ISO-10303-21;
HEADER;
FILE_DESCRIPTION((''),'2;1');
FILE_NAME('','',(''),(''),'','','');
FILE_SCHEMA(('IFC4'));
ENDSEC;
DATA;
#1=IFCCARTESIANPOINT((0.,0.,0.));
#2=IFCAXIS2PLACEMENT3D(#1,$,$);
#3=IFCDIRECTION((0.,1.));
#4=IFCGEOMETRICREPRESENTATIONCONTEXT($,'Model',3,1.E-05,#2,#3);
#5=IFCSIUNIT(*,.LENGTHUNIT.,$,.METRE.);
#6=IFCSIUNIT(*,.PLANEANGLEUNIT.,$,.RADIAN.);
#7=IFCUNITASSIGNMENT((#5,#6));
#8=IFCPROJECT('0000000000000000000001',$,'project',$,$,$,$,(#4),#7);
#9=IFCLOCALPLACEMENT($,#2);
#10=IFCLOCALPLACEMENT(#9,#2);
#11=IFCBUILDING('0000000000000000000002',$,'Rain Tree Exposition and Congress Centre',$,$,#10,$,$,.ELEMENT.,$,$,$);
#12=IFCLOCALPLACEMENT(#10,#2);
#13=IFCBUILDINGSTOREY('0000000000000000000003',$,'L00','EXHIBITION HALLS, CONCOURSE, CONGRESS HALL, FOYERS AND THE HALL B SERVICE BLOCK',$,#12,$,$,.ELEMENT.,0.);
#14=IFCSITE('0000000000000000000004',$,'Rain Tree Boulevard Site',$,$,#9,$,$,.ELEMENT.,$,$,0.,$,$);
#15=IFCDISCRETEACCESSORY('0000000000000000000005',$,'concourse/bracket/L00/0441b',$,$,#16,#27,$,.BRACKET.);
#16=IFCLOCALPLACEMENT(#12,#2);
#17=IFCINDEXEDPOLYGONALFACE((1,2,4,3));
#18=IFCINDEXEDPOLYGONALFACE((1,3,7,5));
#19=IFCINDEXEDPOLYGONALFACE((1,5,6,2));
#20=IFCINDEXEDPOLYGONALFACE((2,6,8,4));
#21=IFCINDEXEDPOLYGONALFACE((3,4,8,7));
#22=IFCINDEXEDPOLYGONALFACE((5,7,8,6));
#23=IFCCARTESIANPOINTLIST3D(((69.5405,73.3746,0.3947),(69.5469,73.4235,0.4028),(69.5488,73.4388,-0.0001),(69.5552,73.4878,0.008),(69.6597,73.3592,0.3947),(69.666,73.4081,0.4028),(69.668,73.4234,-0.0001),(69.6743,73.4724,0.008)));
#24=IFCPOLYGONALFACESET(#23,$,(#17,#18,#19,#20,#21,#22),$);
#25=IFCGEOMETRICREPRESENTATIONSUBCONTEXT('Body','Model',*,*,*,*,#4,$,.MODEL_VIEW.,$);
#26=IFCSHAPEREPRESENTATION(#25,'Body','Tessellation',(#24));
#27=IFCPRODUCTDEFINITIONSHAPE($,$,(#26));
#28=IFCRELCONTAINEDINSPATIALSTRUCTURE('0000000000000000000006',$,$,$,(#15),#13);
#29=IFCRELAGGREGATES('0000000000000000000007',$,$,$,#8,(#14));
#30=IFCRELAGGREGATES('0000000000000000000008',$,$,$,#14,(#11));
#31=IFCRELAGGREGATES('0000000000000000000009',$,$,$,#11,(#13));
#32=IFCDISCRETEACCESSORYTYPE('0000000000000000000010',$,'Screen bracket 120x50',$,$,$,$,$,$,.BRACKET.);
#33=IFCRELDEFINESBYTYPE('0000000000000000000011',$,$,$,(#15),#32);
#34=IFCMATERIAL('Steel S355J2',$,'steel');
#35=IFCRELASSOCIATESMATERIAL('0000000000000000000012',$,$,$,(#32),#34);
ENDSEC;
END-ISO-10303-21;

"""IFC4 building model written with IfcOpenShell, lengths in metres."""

from ifc_helpers import new_model, si_unit, direction, frame, origin, origin_2d, place, context, subcontext, project, spatial, rectangle, extrude, material, material_profile, profile_set, type_object, element, save


model = new_model("IFC4")

# Units and contexts
model_context = context("Model", 3, precision=1e-05, world=origin(), true_north=direction((0.0, 1.0)))
body_context = subcontext(model_context, "Body", "Model", "MODEL_VIEW")
ifc_project = project(units=[si_unit("LENGTHUNIT", "METRE"), si_unit("PLANEANGLEUNIT", "RADIAN")], contexts=[model_context])

# Site, building, storey
site_placement = place(None, origin())
site = spatial("IfcSite", under=ifc_project, at=site_placement, Name="Rain Tree Boulevard Site", CompositionType="ELEMENT", RefElevation=0.0)
building_placement = place(site_placement, origin())
building = spatial("IfcBuilding", under=site, at=building_placement, Name="Rain Tree Exposition and Congress Centre", CompositionType="ELEMENT")
storey_placement = place(building_placement, origin())
storey = spatial("IfcBuildingStorey", under=building, at=storey_placement, Name="L00", Description="EXHIBITION HALLS, CONCOURSE, CONGRESS HALL, FOYERS AND THE HALL B SERVICE BLOCK", CompositionType="ELEMENT", Elevation=0.0)

# Discrete accessory
ifc_material_1 = material(Name="Steel S355J2", Category="steel")
ifc_material_profile_1 = material_profile(ifc_material_1, rectangle(XDim=0.1201, YDim=0.05, at=origin_2d()), Name="Flat bar 120x50")
ifc_profile_set_1 = profile_set([ifc_material_profile_1], Name="Steel S355J2")
discrete_accessory_type = type_object("IfcDiscreteAccessoryType", Name="Screen bracket 120x50", PredefinedType="BRACKET", material=ifc_profile_set_1)
for number, where, z_axis, x_axis, name in (
    (1, (69.6116, 73.4556, 0.0039), (-0.020749, -0.160503, 0.986817), (0.991747, -0.128211, 0.0), "concourse/bracket/L00/0441b"),
):
    element("IfcDiscreteAccessory", number, at=place(storey_placement, frame(where, z_axis=z_axis, x_axis=x_axis)), inside=storey, type_object=discrete_accessory_type, Name=name, PredefinedType="BRACKET", context=body_context, shape_type="SweptSolid", body=[
        extrude(rectangle(XDim=0.1201, YDim=0.05, at=origin_2d()), origin(), (0.0, 0.0, 1.0), 0.4001),
    ])

save(model, "model.ifc")
